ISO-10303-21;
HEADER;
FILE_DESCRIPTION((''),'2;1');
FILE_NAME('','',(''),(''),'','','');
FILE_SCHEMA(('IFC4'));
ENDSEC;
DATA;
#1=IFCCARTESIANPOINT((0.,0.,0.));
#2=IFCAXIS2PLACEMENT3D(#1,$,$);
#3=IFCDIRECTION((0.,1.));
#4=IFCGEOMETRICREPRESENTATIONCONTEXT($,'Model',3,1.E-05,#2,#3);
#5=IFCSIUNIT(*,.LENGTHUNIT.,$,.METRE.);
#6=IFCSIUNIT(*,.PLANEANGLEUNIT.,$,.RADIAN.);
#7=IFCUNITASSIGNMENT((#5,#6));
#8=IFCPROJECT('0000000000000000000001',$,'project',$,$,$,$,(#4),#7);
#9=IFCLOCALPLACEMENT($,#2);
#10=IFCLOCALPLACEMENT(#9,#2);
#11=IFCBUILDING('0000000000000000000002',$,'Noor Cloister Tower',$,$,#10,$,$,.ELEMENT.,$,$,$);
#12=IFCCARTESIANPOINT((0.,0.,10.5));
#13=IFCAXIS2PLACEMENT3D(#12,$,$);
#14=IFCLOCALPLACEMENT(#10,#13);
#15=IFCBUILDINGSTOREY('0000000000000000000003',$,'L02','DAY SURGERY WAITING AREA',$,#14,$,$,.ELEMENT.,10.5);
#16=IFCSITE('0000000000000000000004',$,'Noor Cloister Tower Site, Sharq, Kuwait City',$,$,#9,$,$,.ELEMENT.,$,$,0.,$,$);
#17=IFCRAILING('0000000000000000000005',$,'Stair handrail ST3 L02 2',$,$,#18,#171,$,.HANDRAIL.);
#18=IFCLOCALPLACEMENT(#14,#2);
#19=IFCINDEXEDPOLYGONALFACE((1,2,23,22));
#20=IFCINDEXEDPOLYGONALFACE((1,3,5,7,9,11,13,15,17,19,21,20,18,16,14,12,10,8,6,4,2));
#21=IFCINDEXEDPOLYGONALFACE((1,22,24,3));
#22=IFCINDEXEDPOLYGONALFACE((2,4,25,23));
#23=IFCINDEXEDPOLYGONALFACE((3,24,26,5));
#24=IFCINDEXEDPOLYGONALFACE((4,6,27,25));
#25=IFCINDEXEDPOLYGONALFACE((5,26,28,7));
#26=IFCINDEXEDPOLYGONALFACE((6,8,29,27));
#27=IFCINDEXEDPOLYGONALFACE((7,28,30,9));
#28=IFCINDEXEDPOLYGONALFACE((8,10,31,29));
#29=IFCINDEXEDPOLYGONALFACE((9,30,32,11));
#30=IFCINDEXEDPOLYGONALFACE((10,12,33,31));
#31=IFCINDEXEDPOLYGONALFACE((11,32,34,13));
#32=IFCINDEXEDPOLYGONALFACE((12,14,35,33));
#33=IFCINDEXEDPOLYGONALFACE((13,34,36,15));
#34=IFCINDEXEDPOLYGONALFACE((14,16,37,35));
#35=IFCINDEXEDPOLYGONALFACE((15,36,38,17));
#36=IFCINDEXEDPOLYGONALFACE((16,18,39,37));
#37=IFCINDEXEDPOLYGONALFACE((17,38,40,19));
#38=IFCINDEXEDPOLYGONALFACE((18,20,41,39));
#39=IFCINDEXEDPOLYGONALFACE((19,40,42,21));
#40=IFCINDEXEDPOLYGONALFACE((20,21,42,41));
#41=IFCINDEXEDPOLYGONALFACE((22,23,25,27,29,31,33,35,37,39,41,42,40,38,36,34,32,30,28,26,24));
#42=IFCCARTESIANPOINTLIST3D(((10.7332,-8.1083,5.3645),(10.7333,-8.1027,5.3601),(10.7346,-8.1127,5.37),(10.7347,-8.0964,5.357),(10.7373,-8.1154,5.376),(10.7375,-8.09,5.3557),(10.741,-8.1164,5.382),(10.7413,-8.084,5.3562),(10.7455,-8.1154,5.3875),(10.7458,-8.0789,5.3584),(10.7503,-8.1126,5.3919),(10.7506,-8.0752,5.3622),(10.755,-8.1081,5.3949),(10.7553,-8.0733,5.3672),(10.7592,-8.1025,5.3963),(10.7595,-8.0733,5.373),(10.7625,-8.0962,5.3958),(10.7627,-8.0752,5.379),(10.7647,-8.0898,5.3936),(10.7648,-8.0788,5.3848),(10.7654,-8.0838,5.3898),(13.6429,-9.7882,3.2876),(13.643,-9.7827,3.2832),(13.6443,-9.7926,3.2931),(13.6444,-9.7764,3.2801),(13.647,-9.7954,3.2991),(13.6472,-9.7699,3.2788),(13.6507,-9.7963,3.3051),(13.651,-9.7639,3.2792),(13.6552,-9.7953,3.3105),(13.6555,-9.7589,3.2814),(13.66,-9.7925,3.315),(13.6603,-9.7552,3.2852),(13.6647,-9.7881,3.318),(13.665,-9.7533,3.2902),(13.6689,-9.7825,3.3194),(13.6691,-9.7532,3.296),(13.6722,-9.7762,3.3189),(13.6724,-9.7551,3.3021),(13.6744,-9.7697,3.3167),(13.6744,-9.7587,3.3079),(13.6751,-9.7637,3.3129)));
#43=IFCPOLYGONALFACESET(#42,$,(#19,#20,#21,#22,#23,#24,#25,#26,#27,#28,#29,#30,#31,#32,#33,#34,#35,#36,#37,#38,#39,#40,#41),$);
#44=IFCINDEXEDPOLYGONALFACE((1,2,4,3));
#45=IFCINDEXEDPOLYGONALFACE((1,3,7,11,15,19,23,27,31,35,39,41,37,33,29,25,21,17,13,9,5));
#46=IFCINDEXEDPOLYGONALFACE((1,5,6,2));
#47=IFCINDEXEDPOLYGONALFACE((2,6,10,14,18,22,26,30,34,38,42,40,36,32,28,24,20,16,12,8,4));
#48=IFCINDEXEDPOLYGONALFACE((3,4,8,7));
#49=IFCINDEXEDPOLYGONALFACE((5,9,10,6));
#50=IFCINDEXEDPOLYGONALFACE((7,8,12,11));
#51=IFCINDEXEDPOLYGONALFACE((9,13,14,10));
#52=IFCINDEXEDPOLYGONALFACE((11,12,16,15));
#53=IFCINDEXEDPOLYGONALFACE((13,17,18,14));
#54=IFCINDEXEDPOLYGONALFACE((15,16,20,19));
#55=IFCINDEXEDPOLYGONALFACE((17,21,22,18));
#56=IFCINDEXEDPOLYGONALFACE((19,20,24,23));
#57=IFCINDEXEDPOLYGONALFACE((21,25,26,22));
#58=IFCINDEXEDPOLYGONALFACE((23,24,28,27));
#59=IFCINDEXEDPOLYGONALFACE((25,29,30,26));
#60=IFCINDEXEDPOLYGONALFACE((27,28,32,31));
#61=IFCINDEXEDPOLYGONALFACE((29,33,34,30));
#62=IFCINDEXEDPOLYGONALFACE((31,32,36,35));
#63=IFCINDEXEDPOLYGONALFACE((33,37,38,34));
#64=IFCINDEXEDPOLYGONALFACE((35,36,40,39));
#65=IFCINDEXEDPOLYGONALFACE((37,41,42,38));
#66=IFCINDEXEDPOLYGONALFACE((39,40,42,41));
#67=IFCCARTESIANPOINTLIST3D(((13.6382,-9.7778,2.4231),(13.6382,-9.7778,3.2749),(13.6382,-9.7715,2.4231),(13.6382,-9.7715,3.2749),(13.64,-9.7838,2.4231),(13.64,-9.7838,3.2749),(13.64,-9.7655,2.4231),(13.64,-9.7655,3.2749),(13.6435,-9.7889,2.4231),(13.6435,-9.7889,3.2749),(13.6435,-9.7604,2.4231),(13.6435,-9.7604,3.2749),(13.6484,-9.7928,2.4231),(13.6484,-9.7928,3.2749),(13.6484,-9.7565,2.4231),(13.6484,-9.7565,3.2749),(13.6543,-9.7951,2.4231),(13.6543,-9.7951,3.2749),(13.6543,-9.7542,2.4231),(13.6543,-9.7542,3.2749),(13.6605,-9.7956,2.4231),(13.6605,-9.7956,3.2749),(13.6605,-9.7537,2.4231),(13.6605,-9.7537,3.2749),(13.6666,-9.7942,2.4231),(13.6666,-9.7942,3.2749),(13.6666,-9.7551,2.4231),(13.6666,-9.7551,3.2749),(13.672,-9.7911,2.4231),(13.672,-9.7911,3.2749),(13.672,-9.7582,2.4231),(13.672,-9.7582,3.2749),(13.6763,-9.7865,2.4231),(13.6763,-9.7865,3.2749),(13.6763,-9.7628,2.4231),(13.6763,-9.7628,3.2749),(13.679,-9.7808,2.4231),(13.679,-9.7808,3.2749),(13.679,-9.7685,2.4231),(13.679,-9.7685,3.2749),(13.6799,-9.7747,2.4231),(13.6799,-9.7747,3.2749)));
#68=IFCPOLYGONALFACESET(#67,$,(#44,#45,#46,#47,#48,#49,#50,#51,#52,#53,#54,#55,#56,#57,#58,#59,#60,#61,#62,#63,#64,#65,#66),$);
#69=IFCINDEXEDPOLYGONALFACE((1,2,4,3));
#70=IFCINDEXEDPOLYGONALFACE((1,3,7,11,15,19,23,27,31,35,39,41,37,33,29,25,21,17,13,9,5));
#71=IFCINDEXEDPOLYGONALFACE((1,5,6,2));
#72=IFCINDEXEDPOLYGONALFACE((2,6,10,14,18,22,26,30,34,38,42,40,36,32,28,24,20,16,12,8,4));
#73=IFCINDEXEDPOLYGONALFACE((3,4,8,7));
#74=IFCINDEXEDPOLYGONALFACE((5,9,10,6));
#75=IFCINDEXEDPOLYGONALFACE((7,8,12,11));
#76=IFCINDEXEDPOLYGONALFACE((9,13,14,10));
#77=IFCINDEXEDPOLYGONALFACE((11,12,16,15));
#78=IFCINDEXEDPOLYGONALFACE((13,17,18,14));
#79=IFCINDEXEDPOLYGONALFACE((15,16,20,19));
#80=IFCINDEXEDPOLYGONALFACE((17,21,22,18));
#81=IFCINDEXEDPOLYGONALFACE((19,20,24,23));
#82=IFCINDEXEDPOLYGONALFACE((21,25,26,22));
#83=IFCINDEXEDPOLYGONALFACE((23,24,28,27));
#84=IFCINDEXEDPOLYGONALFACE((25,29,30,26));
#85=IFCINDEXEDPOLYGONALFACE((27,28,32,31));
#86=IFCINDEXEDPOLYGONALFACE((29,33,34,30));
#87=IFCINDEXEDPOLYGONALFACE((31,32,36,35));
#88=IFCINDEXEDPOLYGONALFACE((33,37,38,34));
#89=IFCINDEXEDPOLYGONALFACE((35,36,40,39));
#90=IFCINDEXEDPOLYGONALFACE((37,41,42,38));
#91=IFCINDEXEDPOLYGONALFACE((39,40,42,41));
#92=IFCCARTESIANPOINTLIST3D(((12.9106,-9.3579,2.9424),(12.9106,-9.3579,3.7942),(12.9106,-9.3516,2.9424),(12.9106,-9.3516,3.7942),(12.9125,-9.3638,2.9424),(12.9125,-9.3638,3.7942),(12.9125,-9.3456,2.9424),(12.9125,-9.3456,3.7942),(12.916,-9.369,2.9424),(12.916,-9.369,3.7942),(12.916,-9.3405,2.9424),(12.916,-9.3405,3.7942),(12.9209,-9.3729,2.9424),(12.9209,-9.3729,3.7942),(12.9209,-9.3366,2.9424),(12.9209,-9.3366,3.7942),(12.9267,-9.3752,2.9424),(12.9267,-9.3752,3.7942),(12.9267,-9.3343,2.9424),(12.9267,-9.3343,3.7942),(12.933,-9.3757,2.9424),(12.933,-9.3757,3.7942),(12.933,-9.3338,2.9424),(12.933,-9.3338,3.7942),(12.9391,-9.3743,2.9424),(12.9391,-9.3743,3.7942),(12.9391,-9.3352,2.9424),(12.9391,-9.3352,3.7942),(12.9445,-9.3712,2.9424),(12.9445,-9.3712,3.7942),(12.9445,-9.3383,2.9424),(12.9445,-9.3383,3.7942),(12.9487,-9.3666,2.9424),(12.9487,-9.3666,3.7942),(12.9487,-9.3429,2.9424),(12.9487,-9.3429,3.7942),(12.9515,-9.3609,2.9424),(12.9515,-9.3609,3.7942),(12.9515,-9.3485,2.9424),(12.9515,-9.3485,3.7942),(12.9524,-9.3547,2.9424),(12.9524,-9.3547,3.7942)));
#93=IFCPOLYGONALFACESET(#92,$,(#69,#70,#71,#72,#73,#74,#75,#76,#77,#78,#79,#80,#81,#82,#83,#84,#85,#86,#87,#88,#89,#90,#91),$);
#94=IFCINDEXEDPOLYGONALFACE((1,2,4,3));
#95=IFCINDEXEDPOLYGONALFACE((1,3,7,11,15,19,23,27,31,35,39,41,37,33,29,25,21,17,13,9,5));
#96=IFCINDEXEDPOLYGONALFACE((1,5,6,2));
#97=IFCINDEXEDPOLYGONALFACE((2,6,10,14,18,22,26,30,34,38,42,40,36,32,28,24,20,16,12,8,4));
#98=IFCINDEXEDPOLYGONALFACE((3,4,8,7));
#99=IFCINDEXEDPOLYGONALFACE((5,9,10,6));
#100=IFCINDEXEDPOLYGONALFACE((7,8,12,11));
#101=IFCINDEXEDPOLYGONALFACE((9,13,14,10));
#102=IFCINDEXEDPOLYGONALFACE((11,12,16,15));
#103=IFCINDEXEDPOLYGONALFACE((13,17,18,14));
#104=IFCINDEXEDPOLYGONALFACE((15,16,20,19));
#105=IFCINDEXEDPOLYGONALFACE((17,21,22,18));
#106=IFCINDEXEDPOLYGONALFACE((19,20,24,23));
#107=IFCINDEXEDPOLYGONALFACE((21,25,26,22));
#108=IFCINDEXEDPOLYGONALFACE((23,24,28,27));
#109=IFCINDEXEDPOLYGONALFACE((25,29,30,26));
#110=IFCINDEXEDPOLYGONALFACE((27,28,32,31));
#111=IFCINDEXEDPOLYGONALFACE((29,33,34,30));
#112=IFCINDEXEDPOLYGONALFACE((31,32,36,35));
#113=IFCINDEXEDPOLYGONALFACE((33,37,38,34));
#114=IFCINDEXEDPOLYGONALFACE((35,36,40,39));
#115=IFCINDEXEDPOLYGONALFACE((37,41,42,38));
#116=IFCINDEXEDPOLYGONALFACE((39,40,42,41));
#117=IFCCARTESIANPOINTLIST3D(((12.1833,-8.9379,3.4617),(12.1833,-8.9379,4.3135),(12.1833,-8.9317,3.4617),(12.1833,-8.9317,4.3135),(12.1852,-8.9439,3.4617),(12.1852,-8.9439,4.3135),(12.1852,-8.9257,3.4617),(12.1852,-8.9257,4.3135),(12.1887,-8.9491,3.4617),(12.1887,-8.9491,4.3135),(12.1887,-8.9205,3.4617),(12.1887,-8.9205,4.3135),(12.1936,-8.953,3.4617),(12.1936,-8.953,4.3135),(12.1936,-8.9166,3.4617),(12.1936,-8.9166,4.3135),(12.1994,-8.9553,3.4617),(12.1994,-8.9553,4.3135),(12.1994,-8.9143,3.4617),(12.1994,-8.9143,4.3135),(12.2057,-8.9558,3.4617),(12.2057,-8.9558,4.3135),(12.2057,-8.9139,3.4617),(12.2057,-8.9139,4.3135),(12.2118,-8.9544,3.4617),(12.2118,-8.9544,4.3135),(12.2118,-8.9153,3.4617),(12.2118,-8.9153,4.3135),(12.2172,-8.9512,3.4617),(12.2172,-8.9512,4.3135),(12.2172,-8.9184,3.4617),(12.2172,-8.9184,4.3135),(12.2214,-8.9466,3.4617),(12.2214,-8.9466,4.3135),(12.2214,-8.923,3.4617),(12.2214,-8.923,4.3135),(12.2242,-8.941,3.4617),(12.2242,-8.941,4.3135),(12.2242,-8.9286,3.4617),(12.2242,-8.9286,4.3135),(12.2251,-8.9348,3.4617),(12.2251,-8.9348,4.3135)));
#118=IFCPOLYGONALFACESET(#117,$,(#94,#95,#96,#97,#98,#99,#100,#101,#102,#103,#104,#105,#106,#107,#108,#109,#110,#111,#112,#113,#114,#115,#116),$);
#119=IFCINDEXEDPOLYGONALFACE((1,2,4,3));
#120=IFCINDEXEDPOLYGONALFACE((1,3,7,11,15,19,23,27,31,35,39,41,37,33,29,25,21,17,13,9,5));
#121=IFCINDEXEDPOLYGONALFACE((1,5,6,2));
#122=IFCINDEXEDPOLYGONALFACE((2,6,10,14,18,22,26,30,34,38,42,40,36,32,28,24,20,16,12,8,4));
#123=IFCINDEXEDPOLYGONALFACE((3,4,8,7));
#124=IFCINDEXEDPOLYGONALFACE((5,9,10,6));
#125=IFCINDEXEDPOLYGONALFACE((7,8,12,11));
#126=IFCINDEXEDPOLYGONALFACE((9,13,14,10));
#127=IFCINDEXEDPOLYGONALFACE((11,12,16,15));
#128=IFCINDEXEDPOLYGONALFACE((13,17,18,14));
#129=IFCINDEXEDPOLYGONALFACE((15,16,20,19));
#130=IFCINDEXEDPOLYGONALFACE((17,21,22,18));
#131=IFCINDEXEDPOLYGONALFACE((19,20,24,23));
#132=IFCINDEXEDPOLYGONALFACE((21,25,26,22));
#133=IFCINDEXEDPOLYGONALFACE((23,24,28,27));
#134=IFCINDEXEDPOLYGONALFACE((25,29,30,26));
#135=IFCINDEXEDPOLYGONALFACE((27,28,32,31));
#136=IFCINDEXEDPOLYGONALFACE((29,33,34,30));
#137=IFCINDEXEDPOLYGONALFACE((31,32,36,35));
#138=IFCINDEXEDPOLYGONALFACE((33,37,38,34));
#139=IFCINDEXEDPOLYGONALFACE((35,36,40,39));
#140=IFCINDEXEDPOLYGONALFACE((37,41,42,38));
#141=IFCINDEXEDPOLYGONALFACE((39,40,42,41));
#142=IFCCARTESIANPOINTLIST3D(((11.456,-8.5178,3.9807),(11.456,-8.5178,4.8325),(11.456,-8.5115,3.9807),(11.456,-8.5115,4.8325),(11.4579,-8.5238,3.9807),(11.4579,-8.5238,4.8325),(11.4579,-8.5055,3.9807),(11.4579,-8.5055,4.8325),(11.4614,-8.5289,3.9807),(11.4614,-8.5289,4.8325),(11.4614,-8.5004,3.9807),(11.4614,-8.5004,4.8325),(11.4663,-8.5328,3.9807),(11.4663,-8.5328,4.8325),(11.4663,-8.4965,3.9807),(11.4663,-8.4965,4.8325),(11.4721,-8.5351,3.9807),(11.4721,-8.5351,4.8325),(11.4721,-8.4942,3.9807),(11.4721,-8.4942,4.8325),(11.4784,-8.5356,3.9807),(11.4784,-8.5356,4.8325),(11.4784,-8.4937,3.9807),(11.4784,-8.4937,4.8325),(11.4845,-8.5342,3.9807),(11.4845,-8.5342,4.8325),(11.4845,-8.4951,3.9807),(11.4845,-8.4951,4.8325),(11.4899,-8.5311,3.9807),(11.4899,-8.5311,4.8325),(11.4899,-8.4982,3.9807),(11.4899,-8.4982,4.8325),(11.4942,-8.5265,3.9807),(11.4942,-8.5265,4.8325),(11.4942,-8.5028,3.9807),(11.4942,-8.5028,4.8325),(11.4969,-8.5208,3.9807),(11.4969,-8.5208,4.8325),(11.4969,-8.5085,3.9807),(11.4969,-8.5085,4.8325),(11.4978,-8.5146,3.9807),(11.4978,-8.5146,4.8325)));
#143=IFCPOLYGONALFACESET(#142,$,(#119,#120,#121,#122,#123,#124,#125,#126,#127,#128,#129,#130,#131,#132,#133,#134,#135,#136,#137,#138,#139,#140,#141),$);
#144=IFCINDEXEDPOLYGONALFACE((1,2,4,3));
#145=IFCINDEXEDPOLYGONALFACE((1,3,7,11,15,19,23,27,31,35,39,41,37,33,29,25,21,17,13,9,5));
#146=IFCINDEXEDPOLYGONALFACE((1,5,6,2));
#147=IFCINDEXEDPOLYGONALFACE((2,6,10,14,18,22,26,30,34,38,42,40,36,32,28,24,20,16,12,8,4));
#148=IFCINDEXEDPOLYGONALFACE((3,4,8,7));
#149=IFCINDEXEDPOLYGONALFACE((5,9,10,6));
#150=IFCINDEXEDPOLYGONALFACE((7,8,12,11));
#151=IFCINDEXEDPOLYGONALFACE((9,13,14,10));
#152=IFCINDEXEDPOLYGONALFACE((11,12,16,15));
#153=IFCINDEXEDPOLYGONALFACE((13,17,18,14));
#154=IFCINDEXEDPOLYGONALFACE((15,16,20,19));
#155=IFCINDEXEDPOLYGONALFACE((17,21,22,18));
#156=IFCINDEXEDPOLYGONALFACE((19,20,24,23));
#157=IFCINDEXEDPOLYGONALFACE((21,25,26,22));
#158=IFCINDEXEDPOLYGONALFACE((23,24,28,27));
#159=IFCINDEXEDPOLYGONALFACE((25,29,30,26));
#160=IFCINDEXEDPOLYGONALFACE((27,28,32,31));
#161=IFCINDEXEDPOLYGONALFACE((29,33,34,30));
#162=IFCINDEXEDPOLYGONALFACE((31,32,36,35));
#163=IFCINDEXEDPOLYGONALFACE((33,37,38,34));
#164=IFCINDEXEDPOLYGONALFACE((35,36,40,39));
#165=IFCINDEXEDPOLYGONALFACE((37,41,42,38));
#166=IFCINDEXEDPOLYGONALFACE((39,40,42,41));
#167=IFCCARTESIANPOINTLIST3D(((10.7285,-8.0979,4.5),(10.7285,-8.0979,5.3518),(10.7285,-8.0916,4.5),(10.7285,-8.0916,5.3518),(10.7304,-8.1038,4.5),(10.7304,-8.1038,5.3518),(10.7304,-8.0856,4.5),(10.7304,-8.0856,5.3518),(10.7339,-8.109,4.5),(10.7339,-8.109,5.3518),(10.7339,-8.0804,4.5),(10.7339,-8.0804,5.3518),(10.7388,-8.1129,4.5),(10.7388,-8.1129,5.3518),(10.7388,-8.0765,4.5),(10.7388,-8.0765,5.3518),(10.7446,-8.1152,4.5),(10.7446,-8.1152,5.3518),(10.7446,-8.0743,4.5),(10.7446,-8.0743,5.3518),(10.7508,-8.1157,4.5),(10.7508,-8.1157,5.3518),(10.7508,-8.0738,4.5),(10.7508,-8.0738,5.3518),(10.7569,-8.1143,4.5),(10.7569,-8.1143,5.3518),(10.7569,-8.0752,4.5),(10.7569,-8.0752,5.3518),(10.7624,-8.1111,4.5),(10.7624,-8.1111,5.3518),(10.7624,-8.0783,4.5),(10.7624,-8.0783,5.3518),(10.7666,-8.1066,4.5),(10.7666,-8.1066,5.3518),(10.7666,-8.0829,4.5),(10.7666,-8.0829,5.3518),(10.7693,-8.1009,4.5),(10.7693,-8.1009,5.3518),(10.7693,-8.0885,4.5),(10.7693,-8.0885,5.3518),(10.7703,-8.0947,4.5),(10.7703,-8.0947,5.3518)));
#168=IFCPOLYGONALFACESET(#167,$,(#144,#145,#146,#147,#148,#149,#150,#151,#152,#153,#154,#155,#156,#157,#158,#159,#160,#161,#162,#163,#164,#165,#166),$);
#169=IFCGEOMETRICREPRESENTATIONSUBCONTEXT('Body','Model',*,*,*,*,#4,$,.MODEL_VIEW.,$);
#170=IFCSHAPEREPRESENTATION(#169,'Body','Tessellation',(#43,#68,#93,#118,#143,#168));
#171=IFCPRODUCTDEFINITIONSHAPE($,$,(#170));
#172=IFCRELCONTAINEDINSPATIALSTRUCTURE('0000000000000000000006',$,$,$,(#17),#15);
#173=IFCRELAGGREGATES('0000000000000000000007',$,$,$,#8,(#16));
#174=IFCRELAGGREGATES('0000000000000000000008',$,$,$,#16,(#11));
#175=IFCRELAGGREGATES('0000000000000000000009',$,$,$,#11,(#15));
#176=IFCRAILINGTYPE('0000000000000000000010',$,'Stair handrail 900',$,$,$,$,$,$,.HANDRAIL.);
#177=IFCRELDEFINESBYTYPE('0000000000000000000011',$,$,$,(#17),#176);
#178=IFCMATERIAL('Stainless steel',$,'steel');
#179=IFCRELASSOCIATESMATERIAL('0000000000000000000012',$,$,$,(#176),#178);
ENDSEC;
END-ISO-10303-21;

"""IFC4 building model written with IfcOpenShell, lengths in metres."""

from ifc_helpers import new_model, si_unit, direction, frame, origin, origin_2d, place, context, subcontext, project, spatial, circle, extrude, material, type_object, element, save


model = new_model("IFC4")

# Units and contexts
model_context = context("Model", 3, precision=1e-05, world=origin(), true_north=direction((0.0, 1.0)))
body_context = subcontext(model_context, "Body", "Model", "MODEL_VIEW")
ifc_project = project(units=[si_unit("LENGTHUNIT", "METRE"), si_unit("PLANEANGLEUNIT", "RADIAN")], contexts=[model_context])

# Site, building, storey
site_placement = place(None, origin())
site = spatial("IfcSite", under=ifc_project, at=site_placement, Name="Noor Cloister Tower Site, Sharq, Kuwait City", CompositionType="ELEMENT", RefElevation=0.0)
building_placement = place(site_placement, origin())
building = spatial("IfcBuilding", under=site, at=building_placement, Name="Noor Cloister Tower", CompositionType="ELEMENT")
storey_placement = place(building_placement, frame((0.0, 0.0, 10.5)))
storey = spatial("IfcBuildingStorey", under=building, at=storey_placement, Name="L02", Description="DAY SURGERY WAITING AREA", CompositionType="ELEMENT", Elevation=10.5)

# Railing
ifc_material_1 = material(Name="Stainless steel", Category="steel")
railing_type = type_object("IfcRailingType", Name="Stair handrail 900", PredefinedType="HANDRAIL", material=ifc_material_1)
railing_placement = place(storey_placement, frame((13.6589, -9.7747, 2.4231)))
element("IfcRailing", 1, at=railing_placement, inside=storey, type_object=railing_type, Name="Stair handrail ST3 L02 2", PredefinedType="HANDRAIL", context=body_context, shape_type="SweptSolid", body=[
    extrude(circle(Radius=0.0239, at=origin_2d()), frame((0.0, 0.0, 0.876), z_axis=(-0.73664, 0.425308, 0.525809), x_axis=(-0.500008, -0.866021, 0.0)), (0.0, 0.0, 1.0), 3.95),
    extrude(circle(Radius=0.021, at=origin_2d()), origin(), (0.0, 0.0, 1.0), 0.8518),
    extrude(circle(Radius=0.021, at=origin_2d()), frame((-0.7275, 0.4199, 0.5193)), (0.0, 0.0, 1.0), 0.8518),
    extrude(circle(Radius=0.021, at=origin_2d()), frame((-1.4548, 0.8398, 1.0386)), (0.0, 0.0, 1.0), 0.8518),
    extrude(circle(Radius=0.021, at=origin_2d()), frame((-2.1821, 1.26, 1.5576)), (0.0, 0.0, 1.0), 0.8518),
    extrude(circle(Radius=0.021, at=origin_2d()), frame((-2.9097, 1.6799, 2.0769)), (0.0, 0.0, 1.0), 0.8518),
])

save(model, "model.ifc")
